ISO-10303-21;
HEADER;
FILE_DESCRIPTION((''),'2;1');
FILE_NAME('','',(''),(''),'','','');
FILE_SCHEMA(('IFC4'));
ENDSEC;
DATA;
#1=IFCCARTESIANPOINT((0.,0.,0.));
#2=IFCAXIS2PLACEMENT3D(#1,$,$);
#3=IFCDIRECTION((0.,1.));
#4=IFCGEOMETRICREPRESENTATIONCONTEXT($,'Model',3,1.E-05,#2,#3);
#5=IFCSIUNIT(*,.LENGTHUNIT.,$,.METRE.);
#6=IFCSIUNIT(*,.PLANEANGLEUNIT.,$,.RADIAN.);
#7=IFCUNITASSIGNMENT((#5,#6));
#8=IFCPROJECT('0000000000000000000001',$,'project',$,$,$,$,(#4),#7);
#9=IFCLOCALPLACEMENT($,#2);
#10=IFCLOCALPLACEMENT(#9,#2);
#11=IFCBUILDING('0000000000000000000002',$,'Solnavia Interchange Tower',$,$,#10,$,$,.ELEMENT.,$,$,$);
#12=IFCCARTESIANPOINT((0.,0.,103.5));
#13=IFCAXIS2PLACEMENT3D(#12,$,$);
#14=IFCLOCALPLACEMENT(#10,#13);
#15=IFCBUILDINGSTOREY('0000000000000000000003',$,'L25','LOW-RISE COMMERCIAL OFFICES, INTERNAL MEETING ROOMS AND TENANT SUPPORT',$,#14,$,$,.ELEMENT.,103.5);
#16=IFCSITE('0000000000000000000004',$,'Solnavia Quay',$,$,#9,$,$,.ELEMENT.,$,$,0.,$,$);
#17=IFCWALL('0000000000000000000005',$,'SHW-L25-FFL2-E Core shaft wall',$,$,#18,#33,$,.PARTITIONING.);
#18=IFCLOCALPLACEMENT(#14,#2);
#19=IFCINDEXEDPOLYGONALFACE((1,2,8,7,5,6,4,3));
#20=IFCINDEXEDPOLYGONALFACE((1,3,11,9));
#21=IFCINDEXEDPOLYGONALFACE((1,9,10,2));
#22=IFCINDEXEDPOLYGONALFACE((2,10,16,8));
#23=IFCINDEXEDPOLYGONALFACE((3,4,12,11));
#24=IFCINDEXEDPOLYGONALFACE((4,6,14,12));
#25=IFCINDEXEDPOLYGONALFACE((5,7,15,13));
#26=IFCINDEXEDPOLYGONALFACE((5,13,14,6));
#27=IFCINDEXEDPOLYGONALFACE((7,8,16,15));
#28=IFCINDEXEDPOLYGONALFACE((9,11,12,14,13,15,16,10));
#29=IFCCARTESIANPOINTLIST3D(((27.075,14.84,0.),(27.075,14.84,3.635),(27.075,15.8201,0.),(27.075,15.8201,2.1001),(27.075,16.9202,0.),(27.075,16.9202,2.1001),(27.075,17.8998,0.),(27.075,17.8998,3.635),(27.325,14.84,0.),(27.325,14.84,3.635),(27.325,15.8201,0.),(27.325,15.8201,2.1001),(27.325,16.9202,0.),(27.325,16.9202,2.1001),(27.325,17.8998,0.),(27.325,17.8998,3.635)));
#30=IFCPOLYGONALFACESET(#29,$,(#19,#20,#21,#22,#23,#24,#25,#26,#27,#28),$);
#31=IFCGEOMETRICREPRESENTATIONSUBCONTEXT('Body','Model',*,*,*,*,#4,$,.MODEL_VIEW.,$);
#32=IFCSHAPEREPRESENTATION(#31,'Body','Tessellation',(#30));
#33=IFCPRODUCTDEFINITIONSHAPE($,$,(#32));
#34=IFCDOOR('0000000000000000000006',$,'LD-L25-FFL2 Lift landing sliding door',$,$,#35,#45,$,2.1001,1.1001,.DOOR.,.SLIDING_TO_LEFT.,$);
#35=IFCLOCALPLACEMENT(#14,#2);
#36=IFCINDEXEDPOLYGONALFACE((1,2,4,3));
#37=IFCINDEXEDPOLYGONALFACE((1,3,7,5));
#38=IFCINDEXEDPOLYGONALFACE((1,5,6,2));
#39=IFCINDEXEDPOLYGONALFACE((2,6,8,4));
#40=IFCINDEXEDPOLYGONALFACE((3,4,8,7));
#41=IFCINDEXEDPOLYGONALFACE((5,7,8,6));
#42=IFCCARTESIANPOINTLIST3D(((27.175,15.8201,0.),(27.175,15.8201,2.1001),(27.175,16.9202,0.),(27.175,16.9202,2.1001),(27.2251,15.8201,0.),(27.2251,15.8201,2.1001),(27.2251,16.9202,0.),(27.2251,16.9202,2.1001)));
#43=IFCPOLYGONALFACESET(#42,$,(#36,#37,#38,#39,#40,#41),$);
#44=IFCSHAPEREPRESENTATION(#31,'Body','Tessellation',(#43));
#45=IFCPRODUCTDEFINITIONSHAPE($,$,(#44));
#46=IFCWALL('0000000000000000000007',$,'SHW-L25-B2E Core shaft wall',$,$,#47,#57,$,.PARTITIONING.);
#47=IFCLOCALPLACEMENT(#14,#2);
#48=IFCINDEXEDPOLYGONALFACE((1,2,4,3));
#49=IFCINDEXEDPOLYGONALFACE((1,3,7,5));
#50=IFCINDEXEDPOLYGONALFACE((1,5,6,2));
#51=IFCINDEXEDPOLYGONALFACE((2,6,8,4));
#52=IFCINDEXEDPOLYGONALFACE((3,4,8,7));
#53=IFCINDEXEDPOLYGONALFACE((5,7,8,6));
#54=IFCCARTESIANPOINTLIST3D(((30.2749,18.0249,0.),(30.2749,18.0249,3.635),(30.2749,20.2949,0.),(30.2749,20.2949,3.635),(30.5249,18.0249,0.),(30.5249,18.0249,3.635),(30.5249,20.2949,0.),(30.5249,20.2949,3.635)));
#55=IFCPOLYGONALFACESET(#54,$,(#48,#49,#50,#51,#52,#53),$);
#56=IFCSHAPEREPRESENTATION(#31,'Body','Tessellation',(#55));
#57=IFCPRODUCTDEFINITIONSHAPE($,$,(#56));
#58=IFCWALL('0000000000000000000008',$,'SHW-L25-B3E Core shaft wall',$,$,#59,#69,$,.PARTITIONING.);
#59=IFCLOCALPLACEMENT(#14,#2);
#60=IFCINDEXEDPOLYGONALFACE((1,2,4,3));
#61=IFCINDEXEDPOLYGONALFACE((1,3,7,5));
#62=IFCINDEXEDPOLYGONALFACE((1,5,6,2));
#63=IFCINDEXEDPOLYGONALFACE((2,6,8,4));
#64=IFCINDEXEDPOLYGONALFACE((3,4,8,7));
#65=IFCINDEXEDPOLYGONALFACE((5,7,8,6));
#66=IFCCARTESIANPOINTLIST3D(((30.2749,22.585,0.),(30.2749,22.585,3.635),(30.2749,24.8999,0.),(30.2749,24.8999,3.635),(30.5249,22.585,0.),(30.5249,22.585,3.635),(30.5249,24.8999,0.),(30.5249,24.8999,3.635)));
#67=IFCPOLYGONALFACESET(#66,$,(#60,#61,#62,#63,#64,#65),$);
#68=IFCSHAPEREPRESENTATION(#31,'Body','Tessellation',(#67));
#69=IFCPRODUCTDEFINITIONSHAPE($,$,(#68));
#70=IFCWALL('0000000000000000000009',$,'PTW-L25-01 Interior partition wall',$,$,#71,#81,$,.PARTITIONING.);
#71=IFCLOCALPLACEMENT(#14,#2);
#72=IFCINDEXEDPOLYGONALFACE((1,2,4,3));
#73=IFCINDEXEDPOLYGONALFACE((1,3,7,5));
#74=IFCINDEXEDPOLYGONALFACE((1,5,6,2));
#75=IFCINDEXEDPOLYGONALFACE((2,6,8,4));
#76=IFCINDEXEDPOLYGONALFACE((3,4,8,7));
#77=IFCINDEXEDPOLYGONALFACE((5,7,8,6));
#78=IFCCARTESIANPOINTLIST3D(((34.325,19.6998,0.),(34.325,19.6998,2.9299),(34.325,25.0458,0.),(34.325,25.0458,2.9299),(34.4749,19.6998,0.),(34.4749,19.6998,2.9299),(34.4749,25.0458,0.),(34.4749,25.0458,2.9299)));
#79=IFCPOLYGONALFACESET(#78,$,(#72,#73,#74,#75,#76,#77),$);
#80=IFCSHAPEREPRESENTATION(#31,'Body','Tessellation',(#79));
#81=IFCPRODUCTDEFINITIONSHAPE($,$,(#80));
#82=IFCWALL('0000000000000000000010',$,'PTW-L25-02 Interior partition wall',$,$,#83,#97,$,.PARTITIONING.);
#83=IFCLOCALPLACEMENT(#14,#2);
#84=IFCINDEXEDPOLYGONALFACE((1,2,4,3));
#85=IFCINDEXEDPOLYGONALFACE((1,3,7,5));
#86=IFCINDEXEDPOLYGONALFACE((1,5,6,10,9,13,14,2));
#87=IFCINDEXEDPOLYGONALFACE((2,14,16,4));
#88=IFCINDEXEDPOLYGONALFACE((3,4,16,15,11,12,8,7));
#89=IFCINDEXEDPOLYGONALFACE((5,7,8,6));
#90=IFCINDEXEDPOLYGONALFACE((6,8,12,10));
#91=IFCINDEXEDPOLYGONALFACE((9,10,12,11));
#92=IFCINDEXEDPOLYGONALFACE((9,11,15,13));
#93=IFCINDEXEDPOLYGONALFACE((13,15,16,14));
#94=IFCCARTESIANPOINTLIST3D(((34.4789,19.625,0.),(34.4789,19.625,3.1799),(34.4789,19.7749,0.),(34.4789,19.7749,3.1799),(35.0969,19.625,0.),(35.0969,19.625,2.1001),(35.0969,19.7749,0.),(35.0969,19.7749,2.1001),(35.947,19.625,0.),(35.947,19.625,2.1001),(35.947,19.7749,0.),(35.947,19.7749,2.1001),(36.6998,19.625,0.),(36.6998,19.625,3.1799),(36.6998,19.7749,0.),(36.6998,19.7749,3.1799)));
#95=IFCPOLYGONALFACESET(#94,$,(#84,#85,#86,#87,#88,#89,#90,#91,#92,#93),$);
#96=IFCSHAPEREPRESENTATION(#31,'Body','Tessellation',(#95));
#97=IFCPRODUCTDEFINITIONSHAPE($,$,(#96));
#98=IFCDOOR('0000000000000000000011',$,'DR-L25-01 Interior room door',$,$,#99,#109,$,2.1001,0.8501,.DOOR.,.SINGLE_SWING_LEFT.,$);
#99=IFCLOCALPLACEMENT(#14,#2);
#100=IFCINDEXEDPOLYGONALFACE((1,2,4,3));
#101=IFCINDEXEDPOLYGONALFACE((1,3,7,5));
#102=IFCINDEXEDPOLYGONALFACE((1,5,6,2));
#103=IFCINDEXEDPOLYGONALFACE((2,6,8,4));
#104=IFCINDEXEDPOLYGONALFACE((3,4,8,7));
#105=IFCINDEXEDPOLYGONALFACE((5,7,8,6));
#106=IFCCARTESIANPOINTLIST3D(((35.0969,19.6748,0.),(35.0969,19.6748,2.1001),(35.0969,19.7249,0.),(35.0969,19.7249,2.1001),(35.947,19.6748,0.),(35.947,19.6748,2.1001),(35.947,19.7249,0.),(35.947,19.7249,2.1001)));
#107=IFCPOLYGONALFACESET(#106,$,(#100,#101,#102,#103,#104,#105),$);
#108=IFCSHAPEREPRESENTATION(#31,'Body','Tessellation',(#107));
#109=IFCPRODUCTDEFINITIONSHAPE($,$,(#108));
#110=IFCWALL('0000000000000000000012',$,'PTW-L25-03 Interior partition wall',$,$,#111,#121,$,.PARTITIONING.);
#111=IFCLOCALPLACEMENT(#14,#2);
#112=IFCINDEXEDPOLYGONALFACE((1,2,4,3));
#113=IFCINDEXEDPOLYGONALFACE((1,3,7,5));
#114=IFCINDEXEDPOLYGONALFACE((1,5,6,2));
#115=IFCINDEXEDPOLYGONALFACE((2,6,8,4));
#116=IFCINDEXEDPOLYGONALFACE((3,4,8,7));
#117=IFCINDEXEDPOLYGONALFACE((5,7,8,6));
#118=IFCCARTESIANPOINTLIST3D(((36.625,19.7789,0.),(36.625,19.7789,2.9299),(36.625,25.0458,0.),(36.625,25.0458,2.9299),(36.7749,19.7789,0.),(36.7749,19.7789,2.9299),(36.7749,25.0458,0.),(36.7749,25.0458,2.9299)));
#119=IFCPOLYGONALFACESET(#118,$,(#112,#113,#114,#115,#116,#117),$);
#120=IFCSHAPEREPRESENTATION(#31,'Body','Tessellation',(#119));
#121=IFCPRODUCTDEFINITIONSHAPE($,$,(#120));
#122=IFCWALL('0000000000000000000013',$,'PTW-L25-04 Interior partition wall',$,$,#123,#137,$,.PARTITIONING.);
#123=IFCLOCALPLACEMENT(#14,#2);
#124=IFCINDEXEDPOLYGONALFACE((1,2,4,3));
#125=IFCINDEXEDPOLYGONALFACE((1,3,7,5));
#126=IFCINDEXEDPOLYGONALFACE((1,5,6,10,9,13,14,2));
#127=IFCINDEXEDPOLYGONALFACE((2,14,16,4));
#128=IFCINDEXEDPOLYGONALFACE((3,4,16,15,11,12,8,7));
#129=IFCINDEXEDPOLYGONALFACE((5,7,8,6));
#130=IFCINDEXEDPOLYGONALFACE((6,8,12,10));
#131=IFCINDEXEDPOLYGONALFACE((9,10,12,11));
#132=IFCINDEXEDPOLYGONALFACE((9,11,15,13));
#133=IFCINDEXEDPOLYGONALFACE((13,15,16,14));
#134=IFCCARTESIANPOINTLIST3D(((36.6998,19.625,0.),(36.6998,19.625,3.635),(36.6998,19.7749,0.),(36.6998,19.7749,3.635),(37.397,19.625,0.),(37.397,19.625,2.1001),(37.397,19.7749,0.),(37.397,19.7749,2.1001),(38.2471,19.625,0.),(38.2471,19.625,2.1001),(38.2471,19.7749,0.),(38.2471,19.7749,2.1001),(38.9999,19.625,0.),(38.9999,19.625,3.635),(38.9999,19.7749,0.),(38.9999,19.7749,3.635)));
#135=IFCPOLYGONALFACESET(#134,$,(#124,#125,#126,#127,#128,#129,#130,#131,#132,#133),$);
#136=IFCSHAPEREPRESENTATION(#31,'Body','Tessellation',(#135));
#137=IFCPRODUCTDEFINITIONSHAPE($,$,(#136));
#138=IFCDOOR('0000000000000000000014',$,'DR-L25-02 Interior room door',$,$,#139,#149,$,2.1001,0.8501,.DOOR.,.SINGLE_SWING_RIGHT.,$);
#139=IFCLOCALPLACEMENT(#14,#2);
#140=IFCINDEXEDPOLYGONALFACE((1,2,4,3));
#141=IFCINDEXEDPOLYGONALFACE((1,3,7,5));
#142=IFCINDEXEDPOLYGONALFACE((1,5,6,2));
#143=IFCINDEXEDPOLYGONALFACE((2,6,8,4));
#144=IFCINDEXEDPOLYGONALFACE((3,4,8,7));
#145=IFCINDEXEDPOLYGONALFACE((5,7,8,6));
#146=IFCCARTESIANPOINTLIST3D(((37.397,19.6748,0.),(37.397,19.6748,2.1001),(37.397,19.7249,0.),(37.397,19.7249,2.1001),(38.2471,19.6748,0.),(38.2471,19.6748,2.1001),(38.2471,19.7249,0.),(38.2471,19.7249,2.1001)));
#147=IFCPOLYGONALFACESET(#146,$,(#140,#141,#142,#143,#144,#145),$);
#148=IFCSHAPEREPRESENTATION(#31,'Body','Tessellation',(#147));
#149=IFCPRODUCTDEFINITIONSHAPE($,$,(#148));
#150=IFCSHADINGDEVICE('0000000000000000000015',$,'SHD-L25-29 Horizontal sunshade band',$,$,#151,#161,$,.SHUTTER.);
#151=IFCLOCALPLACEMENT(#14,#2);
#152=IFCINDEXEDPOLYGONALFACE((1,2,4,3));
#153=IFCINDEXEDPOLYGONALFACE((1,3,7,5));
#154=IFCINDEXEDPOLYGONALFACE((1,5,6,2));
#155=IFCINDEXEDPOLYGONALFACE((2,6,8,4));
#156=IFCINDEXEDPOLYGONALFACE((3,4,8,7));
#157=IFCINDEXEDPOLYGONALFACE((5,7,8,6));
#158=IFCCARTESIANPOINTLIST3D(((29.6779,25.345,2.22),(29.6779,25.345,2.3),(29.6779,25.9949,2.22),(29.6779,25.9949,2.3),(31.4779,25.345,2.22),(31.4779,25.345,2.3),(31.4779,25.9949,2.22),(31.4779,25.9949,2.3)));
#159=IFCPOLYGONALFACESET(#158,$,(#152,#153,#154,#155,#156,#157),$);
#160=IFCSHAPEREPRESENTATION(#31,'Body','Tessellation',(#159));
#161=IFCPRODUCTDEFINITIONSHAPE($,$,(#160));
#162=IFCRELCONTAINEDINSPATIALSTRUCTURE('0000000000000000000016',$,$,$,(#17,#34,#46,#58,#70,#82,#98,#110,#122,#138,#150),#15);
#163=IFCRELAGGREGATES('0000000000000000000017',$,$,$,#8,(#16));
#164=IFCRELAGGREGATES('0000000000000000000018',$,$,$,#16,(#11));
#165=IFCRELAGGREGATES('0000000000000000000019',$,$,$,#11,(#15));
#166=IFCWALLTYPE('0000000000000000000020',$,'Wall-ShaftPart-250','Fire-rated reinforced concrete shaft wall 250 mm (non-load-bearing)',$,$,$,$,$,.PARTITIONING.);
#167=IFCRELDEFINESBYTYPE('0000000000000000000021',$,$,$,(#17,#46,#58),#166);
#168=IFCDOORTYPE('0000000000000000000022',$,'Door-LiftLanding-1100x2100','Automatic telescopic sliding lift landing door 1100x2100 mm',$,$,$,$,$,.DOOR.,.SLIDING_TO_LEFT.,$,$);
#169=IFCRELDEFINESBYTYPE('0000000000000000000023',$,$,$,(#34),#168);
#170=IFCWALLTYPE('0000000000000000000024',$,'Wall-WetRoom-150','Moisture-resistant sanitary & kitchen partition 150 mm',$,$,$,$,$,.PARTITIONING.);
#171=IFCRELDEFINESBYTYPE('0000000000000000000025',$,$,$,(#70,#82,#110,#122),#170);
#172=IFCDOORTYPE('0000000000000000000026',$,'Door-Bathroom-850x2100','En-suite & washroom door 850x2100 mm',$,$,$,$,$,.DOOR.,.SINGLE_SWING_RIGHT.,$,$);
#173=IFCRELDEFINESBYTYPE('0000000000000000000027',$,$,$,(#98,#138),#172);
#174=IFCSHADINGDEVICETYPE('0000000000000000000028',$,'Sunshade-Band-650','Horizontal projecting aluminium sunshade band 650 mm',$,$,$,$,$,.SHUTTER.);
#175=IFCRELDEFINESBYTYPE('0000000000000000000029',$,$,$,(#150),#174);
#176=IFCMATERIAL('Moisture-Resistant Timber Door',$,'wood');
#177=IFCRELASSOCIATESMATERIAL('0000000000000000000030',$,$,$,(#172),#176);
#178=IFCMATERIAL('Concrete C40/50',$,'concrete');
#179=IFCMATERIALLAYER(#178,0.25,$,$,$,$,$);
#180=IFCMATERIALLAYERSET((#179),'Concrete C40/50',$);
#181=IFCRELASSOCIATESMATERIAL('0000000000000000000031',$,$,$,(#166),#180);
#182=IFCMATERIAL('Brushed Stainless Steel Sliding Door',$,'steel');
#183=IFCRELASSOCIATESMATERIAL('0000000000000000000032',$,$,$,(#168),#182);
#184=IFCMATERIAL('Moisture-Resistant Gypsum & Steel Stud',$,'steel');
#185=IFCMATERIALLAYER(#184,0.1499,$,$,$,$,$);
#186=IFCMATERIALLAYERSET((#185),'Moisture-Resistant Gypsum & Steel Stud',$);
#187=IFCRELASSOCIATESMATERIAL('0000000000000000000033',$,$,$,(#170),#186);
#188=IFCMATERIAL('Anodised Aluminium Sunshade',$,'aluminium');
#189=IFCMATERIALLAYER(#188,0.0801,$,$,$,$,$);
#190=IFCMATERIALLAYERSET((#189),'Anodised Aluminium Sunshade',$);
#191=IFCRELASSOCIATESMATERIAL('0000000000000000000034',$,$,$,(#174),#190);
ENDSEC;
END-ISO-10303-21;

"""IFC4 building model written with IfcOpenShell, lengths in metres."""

from ifc_helpers import new_model, si_unit, direction, frame, frame_2d, origin, origin_2d, place, context, subcontext, project, spatial, rectangle, extrude, material, layer, layer_set, type_object, element, fill, save


model = new_model("IFC4")

# Units and contexts
model_context = context("Model", 3, precision=1e-05, world=origin(), true_north=direction((0.0, 1.0)))
body_context = subcontext(model_context, "Body", "Model", "MODEL_VIEW")
ifc_project = project(units=[si_unit("LENGTHUNIT", "METRE"), si_unit("PLANEANGLEUNIT", "RADIAN")], contexts=[model_context])

# Site, building, storey
site_placement = place(None, origin())
site = spatial("IfcSite", under=ifc_project, at=site_placement, Name="Solnavia Quay", CompositionType="ELEMENT", RefElevation=0.0)
building_placement = place(site_placement, origin())
building = spatial("IfcBuilding", under=site, at=building_placement, Name="Solnavia Interchange Tower", CompositionType="ELEMENT")
storey_placement = place(building_placement, frame((0.0, 0.0, 103.5)))
storey = spatial("IfcBuildingStorey", under=building, at=storey_placement, Name="L25", Description="LOW-RISE COMMERCIAL OFFICES, INTERNAL MEETING ROOMS AND TENANT SUPPORT", CompositionType="ELEMENT", Elevation=103.5)

# Shared definitions
ifc_material_1 = material(Name="Concrete C40/50", Category="concrete")

# Wall, opening, door
ifc_material_2 = material(Name="Moisture-Resistant Timber Door", Category="wood")
door_type_1 = type_object("IfcDoorType", Name="Door-Bathroom-850x2100", Description="En-suite & washroom door 850x2100 mm", OperationType="SINGLE_SWING_RIGHT", PredefinedType="DOOR", material=ifc_material_2)
ifc_layer_1 = layer(ifc_material_1, 0.25)
ifc_layer_set_1 = layer_set([ifc_layer_1], Name="Concrete C40/50")
wall_type_1 = type_object("IfcWallType", Name="Wall-ShaftPart-250", Description="Fire-rated reinforced concrete shaft wall 250 mm (non-load-bearing)", PredefinedType="PARTITIONING", material=ifc_layer_set_1)
wall_1_placement = place(storey_placement, frame((27.2, 14.8401, 0.0), z_axis=(0.0, 0.0, 1.0), x_axis=(0.0, 1.0, 0.0)))
wall_1 = element("IfcWall", 1, at=wall_1_placement, inside=storey, type_object=wall_type_1, Name="SHW-L25-FFL2-E Core shaft wall", PredefinedType="PARTITIONING", context=body_context, shape_type="SweptSolid", body=[
    extrude(rectangle(XDim=3.0598, YDim=0.25, at=frame_2d((1.5298, 0.0))), origin(), (0.0, 0.0, 1.0), 3.635),
])
opening_1_placement = place(wall_1_placement, frame((0.98, 0.0, 0.0)))
opening_1 = element("IfcOpeningElement", 2, at=opening_1_placement, cuts=wall_1, PredefinedType="OPENING", context=body_context, shape_type="SweptSolid", body=[
    extrude(rectangle(XDim=1.1001, YDim=2.1001, at=frame_2d((0.55, 1.05))), frame((0.0, 0.135, 0.0), z_axis=(0.0, -1.0, 0.0), x_axis=(1.0, 0.0, 0.0)), (0.0, 0.0, 1.0), 0.27),
])
ifc_material_3 = material(Name="Brushed Stainless Steel Sliding Door", Category="steel")
door_type_2 = type_object("IfcDoorType", Name="Door-LiftLanding-1100x2100", Description="Automatic telescopic sliding lift landing door 1100x2100 mm", OperationType="SLIDING_TO_LEFT", PredefinedType="DOOR", material=ifc_material_3)
door_1_placement = place(opening_1_placement, origin())
door_1 = element("IfcDoor", 3, at=door_1_placement, inside=storey, type_object=door_type_2, Name="LD-L25-FFL2 Lift landing sliding door", OperationType="SLIDING_TO_LEFT", OverallHeight=2.1001, OverallWidth=1.1001, PredefinedType="DOOR", context=body_context, shape_type="SweptSolid", body=[
    extrude(rectangle(XDim=1.1001, YDim=2.1001, at=frame_2d((0.55, 1.05))), frame((0.0, 0.0249, 0.0), z_axis=(0.0, -1.0, 0.0), x_axis=(1.0, 0.0, 0.0)), (0.0, 0.0, 1.0), 0.05),
])
fill(opening_1, door_1)

# Walls
wall_2_placement = place(storey_placement, frame((30.3999, 18.0249, 0.0), z_axis=(0.0, 0.0, 1.0), x_axis=(0.0, 1.0, 0.0)))
element("IfcWall", 4, at=wall_2_placement, inside=storey, type_object=wall_type_1, Name="SHW-L25-B2E Core shaft wall", PredefinedType="PARTITIONING", context=body_context, shape_type="SweptSolid", body=[
    extrude(rectangle(XDim=2.27, YDim=0.25, at=frame_2d((1.135, 0.0))), origin(), (0.0, 0.0, 1.0), 3.635),
])
wall_3_placement = place(storey_placement, frame((30.3999, 22.585, 0.0), z_axis=(0.0, 0.0, 1.0), x_axis=(0.0, 1.0, 0.0)))
element("IfcWall", 5, at=wall_3_placement, inside=storey, type_object=wall_type_1, Name="SHW-L25-B3E Core shaft wall", PredefinedType="PARTITIONING", context=body_context, shape_type="SweptSolid", body=[
    extrude(rectangle(XDim=2.3149, YDim=0.25, at=frame_2d((1.1575, 0.0))), origin(), (0.0, 0.0, 1.0), 3.635),
])
ifc_material_4 = material(Name="Moisture-Resistant Gypsum & Steel Stud", Category="steel")
ifc_layer_2 = layer(ifc_material_4, 0.1499)
ifc_layer_set_2 = layer_set([ifc_layer_2], Name="Moisture-Resistant Gypsum & Steel Stud")
wall_type_2 = type_object("IfcWallType", Name="Wall-WetRoom-150", Description="Moisture-resistant sanitary & kitchen partition 150 mm", PredefinedType="PARTITIONING", material=ifc_layer_set_2)
wall_4_placement = place(storey_placement, frame((34.3999, 19.7, 0.0), z_axis=(0.0, 0.0, 1.0), x_axis=(0.0, 1.0, 0.0)))
element("IfcWall", 6, at=wall_4_placement, inside=storey, type_object=wall_type_2, Name="PTW-L25-01 Interior partition wall", PredefinedType="PARTITIONING", context=body_context, shape_type="SweptSolid", body=[
    extrude(rectangle(XDim=5.3459, YDim=0.1499, at=frame_2d((2.6729, 0.0))), origin(), (0.0, 0.0, 1.0), 2.9299),
])

# Wall, opening, door
wall_5_placement = place(storey_placement, frame((34.479, 19.7, 0.0), z_axis=(0.0, 0.0, 1.0), x_axis=(1.0, 0.0, 0.0)))
wall_5 = element("IfcWall", 7, at=wall_5_placement, inside=storey, type_object=wall_type_2, Name="PTW-L25-02 Interior partition wall", PredefinedType="PARTITIONING", context=body_context, shape_type="SweptSolid", body=[
    extrude(rectangle(XDim=2.2209, YDim=0.1499, at=frame_2d((1.1104, 0.0))), origin(), (0.0, 0.0, 1.0), 3.1799),
])
opening_2_placement = place(wall_5_placement, frame((0.6179, 0.0, 0.0)))
opening_2 = element("IfcOpeningElement", 8, at=opening_2_placement, cuts=wall_5, PredefinedType="OPENING", context=body_context, shape_type="SweptSolid", body=[
    extrude(rectangle(XDim=0.8501, YDim=2.1001, at=frame_2d((0.425, 1.05))), frame((0.0, 0.085, 0.0), z_axis=(0.0, -1.0, 0.0), x_axis=(1.0, 0.0, 0.0)), (0.0, 0.0, 1.0), 0.1699),
])
door_2_placement = place(opening_2_placement, origin())
door_2 = element("IfcDoor", 9, at=door_2_placement, inside=storey, type_object=door_type_1, Name="DR-L25-01 Interior room door", OperationType="SINGLE_SWING_LEFT", OverallHeight=2.1001, OverallWidth=0.8501, PredefinedType="DOOR", context=body_context, shape_type="SweptSolid", body=[
    extrude(rectangle(XDim=0.8501, YDim=2.1001, at=frame_2d((0.425, 1.05))), frame((0.0, 0.0249, 0.0), z_axis=(0.0, -1.0, 0.0), x_axis=(1.0, 0.0, 0.0)), (0.0, 0.0, 1.0), 0.05),
])
fill(opening_2, door_2)

# Wall
wall_6_placement = place(storey_placement, frame((36.7, 19.7791, 0.0), z_axis=(0.0, 0.0, 1.0), x_axis=(0.0, 1.0, 0.0)))
element("IfcWall", 10, at=wall_6_placement, inside=storey, type_object=wall_type_2, Name="PTW-L25-03 Interior partition wall", PredefinedType="PARTITIONING", context=body_context, shape_type="SweptSolid", body=[
    extrude(rectangle(XDim=5.2668, YDim=0.1499, at=frame_2d((2.6333, 0.0))), origin(), (0.0, 0.0, 1.0), 2.9299),
])

# Wall, opening, door
wall_7_placement = place(storey_placement, frame((36.7, 19.7, 0.0), z_axis=(0.0, 0.0, 1.0), x_axis=(1.0, 0.0, 0.0)))
wall_7 = element("IfcWall", 11, at=wall_7_placement, inside=storey, type_object=wall_type_2, Name="PTW-L25-04 Interior partition wall", PredefinedType="PARTITIONING", context=body_context, shape_type="SweptSolid", body=[
    extrude(rectangle(XDim=2.3, YDim=0.1499, at=frame_2d((1.1499, 0.0))), origin(), (0.0, 0.0, 1.0), 3.635),
])
opening_3_placement = place(wall_7_placement, frame((0.697, 0.0, 0.0)))
opening_3 = element("IfcOpeningElement", 12, at=opening_3_placement, cuts=wall_7, PredefinedType="OPENING", context=body_context, shape_type="SweptSolid", body=[
    extrude(rectangle(XDim=0.8501, YDim=2.1001, at=frame_2d((0.425, 1.05))), frame((0.0, 0.085, 0.0), z_axis=(0.0, -1.0, 0.0), x_axis=(1.0, 0.0, 0.0)), (0.0, 0.0, 1.0), 0.1699),
])
door_3_placement = place(opening_3_placement, origin())
door_3 = element("IfcDoor", 13, at=door_3_placement, inside=storey, type_object=door_type_1, Name="DR-L25-02 Interior room door", OperationType="SINGLE_SWING_RIGHT", OverallHeight=2.1001, OverallWidth=0.8501, PredefinedType="DOOR", context=body_context, shape_type="SweptSolid", body=[
    extrude(rectangle(XDim=0.8501, YDim=2.1001, at=frame_2d((0.425, 1.05))), frame((0.0, 0.0249, 0.0), z_axis=(0.0, -1.0, 0.0), x_axis=(1.0, 0.0, 0.0)), (0.0, 0.0, 1.0), 0.05),
])
fill(opening_3, door_3)

# Shading device
ifc_material_5 = material(Name="Anodised Aluminium Sunshade", Category="aluminium")
ifc_layer_3 = layer(ifc_material_5, 0.0801)
ifc_layer_set_3 = layer_set([ifc_layer_3], Name="Anodised Aluminium Sunshade")
shading_device_type = type_object("IfcShadingDeviceType", Name="Sunshade-Band-650", Description="Horizontal projecting aluminium sunshade band 650 mm", PredefinedType="SHUTTER", material=ifc_layer_set_3)
shading_device_placement = place(storey_placement, frame((30.5779, 25.6699, 2.22), z_axis=(0.0, 0.0, 1.0), x_axis=(1.0, 0.0, 0.0)))
element("IfcShadingDevice", 14, at=shading_device_placement, inside=storey, type_object=shading_device_type, Name="SHD-L25-29 Horizontal sunshade band", PredefinedType="SHUTTER", context=body_context, shape_type="SweptSolid", body=[
    extrude(rectangle(XDim=1.8, YDim=0.6499, at=origin_2d()), origin(), (0.0, 0.0, 1.0), 0.0801),
])

save(model, "model.ifc")
